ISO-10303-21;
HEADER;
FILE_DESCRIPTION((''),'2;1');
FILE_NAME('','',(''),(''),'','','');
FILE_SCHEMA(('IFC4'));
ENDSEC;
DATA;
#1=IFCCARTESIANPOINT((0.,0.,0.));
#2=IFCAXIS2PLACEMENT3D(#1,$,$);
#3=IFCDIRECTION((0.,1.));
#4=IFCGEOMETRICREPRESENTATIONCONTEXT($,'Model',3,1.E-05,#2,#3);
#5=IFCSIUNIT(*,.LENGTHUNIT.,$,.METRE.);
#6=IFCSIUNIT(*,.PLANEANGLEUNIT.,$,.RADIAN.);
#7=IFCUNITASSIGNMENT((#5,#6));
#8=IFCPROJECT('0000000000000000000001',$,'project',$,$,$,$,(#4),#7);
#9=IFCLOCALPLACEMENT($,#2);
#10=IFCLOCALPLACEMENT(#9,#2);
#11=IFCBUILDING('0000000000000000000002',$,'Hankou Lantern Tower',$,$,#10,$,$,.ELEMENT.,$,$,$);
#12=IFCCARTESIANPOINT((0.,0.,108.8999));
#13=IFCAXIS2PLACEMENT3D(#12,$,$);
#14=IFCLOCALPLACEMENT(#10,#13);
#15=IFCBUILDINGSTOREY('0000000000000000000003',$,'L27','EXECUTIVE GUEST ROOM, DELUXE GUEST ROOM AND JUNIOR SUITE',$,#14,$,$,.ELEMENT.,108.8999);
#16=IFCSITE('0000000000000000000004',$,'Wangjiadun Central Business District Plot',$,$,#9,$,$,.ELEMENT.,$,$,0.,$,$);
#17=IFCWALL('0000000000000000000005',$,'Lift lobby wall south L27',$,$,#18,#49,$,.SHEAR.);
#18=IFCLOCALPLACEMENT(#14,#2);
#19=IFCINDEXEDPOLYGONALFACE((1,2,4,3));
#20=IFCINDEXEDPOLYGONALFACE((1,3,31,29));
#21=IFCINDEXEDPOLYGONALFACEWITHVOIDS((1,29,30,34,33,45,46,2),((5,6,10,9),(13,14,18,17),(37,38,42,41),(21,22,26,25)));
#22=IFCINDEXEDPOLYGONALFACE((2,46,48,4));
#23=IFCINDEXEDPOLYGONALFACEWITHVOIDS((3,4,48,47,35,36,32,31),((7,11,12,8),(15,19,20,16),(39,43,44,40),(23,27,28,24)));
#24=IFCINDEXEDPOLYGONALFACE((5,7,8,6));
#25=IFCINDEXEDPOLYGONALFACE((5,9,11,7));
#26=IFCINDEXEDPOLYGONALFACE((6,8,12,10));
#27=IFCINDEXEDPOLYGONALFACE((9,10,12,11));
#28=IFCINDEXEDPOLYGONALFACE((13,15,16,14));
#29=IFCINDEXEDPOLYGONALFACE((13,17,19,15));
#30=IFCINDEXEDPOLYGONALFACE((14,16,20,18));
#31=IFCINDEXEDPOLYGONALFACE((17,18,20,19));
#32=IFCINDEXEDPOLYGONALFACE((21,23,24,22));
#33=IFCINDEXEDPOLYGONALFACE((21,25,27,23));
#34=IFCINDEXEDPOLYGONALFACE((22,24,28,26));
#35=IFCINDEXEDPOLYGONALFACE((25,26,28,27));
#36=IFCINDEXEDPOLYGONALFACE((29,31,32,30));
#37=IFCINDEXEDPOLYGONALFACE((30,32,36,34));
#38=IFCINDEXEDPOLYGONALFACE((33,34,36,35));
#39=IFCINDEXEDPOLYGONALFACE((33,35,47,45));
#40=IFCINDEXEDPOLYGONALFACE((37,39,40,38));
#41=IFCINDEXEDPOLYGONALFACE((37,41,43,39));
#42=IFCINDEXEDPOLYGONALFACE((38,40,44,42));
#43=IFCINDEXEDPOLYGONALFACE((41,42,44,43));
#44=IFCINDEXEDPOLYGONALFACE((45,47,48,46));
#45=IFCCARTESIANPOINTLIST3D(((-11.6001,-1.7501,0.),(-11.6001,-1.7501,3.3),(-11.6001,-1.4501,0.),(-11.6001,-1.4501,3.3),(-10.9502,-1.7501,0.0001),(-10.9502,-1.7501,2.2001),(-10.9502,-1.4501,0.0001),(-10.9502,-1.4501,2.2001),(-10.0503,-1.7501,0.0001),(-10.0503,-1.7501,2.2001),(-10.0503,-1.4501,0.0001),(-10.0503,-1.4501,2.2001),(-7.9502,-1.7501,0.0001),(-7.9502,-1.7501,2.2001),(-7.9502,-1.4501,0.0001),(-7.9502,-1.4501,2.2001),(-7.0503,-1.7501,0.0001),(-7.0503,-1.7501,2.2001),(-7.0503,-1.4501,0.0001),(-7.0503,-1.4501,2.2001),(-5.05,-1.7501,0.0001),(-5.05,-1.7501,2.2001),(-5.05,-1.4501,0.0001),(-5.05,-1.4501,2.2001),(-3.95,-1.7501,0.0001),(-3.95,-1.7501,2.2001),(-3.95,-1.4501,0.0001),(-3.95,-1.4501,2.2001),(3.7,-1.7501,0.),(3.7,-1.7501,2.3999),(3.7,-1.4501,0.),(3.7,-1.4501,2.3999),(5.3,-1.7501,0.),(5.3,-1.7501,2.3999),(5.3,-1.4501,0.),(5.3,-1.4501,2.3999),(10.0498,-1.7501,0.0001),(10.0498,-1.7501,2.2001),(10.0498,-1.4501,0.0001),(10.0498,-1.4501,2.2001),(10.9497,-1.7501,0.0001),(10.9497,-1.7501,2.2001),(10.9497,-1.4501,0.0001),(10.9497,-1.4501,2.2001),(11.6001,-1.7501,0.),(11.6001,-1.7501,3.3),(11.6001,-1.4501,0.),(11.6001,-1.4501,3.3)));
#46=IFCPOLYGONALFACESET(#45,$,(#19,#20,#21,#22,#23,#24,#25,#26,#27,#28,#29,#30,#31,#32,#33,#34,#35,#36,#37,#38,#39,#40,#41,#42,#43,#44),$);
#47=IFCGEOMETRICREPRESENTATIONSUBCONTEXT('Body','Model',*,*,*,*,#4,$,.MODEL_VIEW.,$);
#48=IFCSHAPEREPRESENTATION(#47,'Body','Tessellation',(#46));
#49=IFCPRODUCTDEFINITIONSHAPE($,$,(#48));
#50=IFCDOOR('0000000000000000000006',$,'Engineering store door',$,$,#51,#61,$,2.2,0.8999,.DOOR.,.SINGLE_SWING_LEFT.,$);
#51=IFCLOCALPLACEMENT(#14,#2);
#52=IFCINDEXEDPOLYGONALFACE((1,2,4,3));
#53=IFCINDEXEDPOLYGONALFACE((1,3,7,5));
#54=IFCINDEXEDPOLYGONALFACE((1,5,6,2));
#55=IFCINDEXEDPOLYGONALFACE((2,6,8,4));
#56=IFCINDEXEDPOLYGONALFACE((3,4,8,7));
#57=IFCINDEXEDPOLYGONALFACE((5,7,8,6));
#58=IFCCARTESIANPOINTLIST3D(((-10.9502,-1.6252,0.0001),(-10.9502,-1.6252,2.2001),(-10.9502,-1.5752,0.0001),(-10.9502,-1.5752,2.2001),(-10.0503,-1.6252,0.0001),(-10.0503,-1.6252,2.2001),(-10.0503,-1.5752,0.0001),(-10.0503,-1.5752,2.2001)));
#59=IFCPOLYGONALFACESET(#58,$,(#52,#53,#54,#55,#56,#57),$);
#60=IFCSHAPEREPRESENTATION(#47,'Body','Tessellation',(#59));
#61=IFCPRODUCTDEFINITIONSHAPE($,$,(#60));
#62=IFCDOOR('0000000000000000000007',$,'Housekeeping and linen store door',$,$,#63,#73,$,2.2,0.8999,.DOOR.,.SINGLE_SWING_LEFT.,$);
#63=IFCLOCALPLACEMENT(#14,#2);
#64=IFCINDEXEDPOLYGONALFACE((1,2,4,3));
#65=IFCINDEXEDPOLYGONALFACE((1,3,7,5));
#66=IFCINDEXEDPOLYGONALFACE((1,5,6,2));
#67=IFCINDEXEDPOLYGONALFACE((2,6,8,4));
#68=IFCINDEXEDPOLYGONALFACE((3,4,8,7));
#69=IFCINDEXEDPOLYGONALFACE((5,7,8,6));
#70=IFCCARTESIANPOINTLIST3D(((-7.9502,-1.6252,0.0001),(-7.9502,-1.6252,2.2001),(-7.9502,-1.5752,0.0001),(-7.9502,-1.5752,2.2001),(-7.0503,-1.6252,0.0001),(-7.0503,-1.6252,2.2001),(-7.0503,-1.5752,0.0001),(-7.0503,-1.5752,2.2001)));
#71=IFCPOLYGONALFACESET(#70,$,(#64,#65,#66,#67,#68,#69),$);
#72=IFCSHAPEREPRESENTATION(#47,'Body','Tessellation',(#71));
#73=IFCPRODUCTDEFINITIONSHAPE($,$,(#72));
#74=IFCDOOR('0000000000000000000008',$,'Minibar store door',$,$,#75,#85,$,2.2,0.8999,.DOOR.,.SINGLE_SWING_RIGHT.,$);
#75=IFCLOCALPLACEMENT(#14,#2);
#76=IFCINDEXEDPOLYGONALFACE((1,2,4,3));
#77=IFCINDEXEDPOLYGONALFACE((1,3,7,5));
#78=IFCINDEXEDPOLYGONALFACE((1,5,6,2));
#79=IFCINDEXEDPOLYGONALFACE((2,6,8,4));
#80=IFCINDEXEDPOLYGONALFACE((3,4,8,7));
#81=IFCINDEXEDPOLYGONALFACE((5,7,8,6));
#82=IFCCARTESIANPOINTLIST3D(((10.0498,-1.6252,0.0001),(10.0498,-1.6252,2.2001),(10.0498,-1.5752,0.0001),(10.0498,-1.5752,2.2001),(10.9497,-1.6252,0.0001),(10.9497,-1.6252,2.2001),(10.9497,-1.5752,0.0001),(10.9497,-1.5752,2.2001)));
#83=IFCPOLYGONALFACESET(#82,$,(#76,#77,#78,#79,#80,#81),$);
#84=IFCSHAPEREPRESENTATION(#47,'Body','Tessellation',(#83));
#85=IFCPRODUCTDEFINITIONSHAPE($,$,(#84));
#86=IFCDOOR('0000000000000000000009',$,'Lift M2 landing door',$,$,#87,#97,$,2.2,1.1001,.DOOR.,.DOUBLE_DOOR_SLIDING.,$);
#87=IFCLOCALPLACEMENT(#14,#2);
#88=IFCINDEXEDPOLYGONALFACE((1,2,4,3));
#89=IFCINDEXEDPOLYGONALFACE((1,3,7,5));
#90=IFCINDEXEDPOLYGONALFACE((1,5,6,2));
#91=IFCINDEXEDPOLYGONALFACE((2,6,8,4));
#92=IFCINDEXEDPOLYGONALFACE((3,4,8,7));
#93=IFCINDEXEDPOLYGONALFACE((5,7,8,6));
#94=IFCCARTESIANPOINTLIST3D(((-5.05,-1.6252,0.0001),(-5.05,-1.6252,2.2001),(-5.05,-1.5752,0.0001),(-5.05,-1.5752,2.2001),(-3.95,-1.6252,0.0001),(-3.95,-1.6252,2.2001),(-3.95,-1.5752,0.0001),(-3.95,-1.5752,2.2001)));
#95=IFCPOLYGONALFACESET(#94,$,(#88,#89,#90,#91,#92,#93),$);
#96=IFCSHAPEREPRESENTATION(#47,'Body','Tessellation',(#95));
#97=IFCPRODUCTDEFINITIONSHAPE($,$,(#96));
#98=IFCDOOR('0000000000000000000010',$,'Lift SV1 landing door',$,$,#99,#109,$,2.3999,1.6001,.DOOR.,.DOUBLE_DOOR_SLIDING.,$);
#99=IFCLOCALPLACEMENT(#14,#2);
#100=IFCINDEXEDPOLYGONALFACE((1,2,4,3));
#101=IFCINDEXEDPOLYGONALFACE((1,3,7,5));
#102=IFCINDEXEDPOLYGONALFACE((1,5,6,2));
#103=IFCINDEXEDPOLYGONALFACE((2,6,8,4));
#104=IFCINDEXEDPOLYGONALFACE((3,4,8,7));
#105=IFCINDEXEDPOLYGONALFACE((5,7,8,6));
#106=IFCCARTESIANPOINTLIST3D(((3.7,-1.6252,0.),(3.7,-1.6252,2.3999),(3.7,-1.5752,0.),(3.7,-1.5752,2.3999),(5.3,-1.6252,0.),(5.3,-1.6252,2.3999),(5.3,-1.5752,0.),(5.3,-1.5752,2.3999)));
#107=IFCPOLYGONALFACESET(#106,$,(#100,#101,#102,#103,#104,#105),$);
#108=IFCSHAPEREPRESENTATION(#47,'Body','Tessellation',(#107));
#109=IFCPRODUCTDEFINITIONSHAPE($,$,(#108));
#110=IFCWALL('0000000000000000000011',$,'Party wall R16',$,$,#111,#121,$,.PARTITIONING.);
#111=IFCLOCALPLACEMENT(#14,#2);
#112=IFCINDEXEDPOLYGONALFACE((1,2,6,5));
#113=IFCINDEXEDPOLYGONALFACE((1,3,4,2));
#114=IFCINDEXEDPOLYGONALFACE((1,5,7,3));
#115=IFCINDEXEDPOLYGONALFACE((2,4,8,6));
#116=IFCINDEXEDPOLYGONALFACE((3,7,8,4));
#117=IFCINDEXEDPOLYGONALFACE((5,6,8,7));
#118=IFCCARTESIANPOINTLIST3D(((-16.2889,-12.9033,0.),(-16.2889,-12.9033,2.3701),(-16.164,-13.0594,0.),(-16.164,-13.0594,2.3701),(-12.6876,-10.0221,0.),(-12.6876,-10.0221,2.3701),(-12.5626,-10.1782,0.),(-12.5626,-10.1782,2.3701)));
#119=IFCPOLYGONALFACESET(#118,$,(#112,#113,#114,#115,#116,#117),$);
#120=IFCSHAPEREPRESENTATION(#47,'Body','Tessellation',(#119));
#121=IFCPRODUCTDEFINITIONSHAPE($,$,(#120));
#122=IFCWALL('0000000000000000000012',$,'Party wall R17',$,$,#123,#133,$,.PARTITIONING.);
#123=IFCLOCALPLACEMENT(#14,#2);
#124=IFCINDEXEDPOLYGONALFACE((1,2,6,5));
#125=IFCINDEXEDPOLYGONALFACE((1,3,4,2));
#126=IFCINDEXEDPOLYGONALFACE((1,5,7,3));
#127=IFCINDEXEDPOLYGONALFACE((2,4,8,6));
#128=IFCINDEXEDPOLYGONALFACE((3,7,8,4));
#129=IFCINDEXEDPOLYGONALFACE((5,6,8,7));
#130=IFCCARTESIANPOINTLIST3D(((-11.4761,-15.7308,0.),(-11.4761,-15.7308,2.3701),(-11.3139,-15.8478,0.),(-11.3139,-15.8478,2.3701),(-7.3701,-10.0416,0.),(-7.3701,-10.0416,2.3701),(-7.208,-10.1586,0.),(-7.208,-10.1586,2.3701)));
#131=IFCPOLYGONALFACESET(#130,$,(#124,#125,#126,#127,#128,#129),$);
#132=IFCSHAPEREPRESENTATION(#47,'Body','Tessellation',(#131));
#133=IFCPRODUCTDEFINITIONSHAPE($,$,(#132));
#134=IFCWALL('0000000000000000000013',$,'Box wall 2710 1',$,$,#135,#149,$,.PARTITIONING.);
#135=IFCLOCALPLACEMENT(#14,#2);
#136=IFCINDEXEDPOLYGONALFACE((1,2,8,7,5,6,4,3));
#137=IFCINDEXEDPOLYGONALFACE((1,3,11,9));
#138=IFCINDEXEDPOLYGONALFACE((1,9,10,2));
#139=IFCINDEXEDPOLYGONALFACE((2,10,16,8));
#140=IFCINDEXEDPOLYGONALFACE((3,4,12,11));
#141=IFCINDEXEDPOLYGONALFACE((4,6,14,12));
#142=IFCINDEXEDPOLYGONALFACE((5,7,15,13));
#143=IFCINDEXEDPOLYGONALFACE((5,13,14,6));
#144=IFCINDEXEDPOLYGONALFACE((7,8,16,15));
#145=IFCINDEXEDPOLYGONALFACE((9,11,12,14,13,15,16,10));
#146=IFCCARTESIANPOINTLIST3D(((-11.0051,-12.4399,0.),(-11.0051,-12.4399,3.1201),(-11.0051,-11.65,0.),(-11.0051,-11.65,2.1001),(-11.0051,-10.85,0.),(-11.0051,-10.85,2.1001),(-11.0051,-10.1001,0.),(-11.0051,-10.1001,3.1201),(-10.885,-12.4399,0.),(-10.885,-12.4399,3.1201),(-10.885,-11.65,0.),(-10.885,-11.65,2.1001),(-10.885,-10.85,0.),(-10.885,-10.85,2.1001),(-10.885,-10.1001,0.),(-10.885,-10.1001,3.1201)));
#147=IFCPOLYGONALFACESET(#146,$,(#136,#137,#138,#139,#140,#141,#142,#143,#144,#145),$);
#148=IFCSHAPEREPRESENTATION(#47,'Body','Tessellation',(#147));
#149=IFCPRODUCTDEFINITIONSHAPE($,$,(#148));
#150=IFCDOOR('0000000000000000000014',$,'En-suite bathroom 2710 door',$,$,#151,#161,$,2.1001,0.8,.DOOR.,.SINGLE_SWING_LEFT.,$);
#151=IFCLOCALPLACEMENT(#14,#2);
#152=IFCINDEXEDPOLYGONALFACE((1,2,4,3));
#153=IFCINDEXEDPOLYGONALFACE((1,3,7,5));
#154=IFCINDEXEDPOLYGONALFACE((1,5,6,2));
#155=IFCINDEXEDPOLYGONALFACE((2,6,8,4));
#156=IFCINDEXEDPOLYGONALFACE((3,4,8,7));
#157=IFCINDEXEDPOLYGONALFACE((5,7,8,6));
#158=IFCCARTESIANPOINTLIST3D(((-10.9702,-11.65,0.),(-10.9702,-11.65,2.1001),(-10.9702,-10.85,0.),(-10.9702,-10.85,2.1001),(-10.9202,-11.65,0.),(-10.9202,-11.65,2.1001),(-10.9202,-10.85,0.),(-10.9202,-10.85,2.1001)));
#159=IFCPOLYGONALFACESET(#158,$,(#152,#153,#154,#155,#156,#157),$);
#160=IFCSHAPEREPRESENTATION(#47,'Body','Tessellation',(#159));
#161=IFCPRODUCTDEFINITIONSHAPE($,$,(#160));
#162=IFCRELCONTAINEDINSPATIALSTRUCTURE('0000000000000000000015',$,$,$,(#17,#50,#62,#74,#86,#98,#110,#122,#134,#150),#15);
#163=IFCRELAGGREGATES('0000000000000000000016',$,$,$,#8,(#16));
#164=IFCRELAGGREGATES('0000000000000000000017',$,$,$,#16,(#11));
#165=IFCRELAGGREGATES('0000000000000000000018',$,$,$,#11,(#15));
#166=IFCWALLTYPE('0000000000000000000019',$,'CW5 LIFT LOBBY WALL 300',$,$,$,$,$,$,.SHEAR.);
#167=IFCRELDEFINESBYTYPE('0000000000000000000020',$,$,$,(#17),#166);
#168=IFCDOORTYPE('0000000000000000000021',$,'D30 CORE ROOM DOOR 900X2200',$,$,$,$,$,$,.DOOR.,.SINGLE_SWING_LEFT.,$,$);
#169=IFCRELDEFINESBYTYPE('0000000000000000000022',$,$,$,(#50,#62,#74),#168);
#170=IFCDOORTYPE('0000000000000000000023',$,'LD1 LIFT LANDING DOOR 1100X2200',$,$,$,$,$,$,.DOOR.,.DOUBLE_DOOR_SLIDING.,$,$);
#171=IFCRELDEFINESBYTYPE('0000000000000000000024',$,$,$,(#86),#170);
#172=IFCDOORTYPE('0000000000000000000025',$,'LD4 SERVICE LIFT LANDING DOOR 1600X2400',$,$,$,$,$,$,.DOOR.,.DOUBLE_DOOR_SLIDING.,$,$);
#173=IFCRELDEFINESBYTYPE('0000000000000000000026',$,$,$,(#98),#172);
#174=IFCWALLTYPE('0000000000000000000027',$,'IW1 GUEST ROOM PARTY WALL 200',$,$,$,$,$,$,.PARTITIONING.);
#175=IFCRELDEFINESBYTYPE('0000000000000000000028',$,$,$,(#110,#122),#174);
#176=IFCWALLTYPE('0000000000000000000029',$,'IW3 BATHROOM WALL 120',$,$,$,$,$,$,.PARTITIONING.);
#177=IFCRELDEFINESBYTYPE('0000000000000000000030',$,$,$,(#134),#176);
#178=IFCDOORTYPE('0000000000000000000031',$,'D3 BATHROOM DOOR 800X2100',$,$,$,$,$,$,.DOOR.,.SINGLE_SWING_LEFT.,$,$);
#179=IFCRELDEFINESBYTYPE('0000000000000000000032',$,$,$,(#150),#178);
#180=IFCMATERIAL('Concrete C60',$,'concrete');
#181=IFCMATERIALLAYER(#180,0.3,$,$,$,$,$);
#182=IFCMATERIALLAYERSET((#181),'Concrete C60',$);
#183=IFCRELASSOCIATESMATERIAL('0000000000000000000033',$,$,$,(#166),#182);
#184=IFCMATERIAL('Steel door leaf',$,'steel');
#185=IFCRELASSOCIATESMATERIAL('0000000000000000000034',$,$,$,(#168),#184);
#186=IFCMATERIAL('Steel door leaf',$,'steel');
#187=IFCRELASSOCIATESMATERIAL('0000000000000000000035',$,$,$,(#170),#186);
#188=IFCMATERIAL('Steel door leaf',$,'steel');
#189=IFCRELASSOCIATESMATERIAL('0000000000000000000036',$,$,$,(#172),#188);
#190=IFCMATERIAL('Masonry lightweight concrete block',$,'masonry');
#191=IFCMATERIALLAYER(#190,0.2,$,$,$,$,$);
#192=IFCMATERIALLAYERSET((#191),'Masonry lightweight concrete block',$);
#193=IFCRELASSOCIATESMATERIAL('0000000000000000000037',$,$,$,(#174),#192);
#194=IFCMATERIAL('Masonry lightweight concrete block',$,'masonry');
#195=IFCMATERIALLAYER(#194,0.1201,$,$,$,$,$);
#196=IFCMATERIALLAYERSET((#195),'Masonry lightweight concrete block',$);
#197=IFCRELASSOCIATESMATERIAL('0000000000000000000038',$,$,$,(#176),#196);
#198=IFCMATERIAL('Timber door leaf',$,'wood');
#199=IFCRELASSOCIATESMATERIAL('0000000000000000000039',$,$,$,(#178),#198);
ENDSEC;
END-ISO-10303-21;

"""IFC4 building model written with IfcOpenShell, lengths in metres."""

from ifc_helpers import new_model, si_unit, direction, frame, frame_2d, origin, place, context, subcontext, project, spatial, rectangle, extrude, material, layer, layer_set, type_object, element, fill, save


model = new_model("IFC4")

# Units and contexts
model_context = context("Model", 3, precision=1e-05, world=origin(), true_north=direction((0.0, 1.0)))
body_context = subcontext(model_context, "Body", "Model", "MODEL_VIEW")
ifc_project = project(units=[si_unit("LENGTHUNIT", "METRE"), si_unit("PLANEANGLEUNIT", "RADIAN")], contexts=[model_context])

# Site, building, storey
site_placement = place(None, origin())
site = spatial("IfcSite", under=ifc_project, at=site_placement, Name="Wangjiadun Central Business District Plot", CompositionType="ELEMENT", RefElevation=0.0)
building_placement = place(site_placement, origin())
building = spatial("IfcBuilding", under=site, at=building_placement, Name="Hankou Lantern Tower", CompositionType="ELEMENT")
storey_placement = place(building_placement, frame((0.0, 0.0, 108.8999)))
storey = spatial("IfcBuildingStorey", under=building, at=storey_placement, Name="L27", Description="EXECUTIVE GUEST ROOM, DELUXE GUEST ROOM AND JUNIOR SUITE", CompositionType="ELEMENT", Elevation=108.8999)

# Wall, openings, doors
ifc_material_1 = material(Name="Concrete C60", Category="concrete")
ifc_layer_1 = layer(ifc_material_1, 0.3)
ifc_layer_set_1 = layer_set([ifc_layer_1], Name="Concrete C60")
wall_type_1 = type_object("IfcWallType", Name="CW5 LIFT LOBBY WALL 300", PredefinedType="SHEAR", material=ifc_layer_set_1)
wall_1_placement = place(storey_placement, frame((-11.6001, -1.6001, 0.0), z_axis=(0.0, 0.0, 1.0), x_axis=(1.0, 0.0, 0.0)))
wall_1 = element("IfcWall", 1, at=wall_1_placement, inside=storey, type_object=wall_type_1, Name="Lift lobby wall south L27", PredefinedType="SHEAR", context=body_context, shape_type="SweptSolid", body=[
    extrude(rectangle(XDim=23.2002, YDim=0.3, at=frame_2d((11.6001, 0.0))), origin(), (0.0, 0.0, 1.0), 3.3),
])
opening_1_placement = place(wall_1_placement, frame((6.55, 0.0, 0.0)))
opening_1 = element("IfcOpeningElement", 2, at=opening_1_placement, cuts=wall_1, PredefinedType="OPENING", context=body_context, shape_type="SweptSolid", body=[
    extrude(rectangle(XDim=1.1001, YDim=2.2, at=frame_2d((0.55, 1.1001))), frame((0.0, 0.1599, 0.0), z_axis=(0.0, -1.0, 0.0), x_axis=(1.0, 0.0, 0.0)), (0.0, 0.0, 1.0), 0.3201),
])
opening_2_placement = place(wall_1_placement, frame((15.3, 0.0, 0.0)))
opening_2 = element("IfcOpeningElement", 3, at=opening_2_placement, cuts=wall_1, PredefinedType="OPENING", context=body_context, shape_type="SweptSolid", body=[
    extrude(rectangle(XDim=1.6001, YDim=2.3999, at=frame_2d((0.8, 1.2))), frame((0.0, 0.1599, 0.0), z_axis=(0.0, -1.0, 0.0), x_axis=(1.0, 0.0, 0.0)), (0.0, 0.0, 1.0), 0.3201),
])
opening_3_placement = place(wall_1_placement, frame((0.6499, 0.0, 0.0)))
opening_3 = element("IfcOpeningElement", 4, at=opening_3_placement, cuts=wall_1, PredefinedType="OPENING", context=body_context, shape_type="SweptSolid", body=[
    extrude(rectangle(XDim=0.8999, YDim=2.2, at=frame_2d((0.45, 1.1001))), frame((0.0, 0.1599, 0.0), z_axis=(0.0, -1.0, 0.0), x_axis=(1.0, 0.0, 0.0)), (0.0, 0.0, 1.0), 0.3201),
])
opening_4_placement = place(wall_1_placement, frame((3.6499, 0.0, 0.0)))
opening_4 = element("IfcOpeningElement", 5, at=opening_4_placement, cuts=wall_1, PredefinedType="OPENING", context=body_context, shape_type="SweptSolid", body=[
    extrude(rectangle(XDim=0.8999, YDim=2.2, at=frame_2d((0.45, 1.1001))), frame((0.0, 0.1599, 0.0), z_axis=(0.0, -1.0, 0.0), x_axis=(1.0, 0.0, 0.0)), (0.0, 0.0, 1.0), 0.3201),
])
opening_5_placement = place(wall_1_placement, frame((21.6499, 0.0, 0.0)))
opening_5 = element("IfcOpeningElement", 6, at=opening_5_placement, cuts=wall_1, PredefinedType="OPENING", context=body_context, shape_type="SweptSolid", body=[
    extrude(rectangle(XDim=0.8999, YDim=2.2, at=frame_2d((0.45, 1.1001))), frame((0.0, 0.1599, 0.0), z_axis=(0.0, -1.0, 0.0), x_axis=(1.0, 0.0, 0.0)), (0.0, 0.0, 1.0), 0.3201),
])
ifc_material_2 = material(Name="Steel door leaf", Category="steel")
door_type_1 = type_object("IfcDoorType", Name="D30 CORE ROOM DOOR 900X2200", OperationType="SINGLE_SWING_LEFT", PredefinedType="DOOR", material=ifc_material_2)
door_1_placement = place(opening_3_placement, origin())
door_1 = element("IfcDoor", 7, at=door_1_placement, inside=storey, type_object=door_type_1, Name="Engineering store door", OperationType="SINGLE_SWING_LEFT", OverallHeight=2.2, OverallWidth=0.8999, PredefinedType="DOOR", context=body_context, shape_type="SweptSolid", body=[
    extrude(rectangle(XDim=0.8999, YDim=2.2, at=frame_2d((0.45, 1.1001))), frame((0.0, 0.0249, 0.0), z_axis=(0.0, -1.0, 0.0), x_axis=(1.0, 0.0, 0.0)), (0.0, 0.0, 1.0), 0.05),
])
fill(opening_3, door_1)
door_2_placement = place(opening_4_placement, origin())
door_2 = element("IfcDoor", 8, at=door_2_placement, inside=storey, type_object=door_type_1, Name="Housekeeping and linen store door", OperationType="SINGLE_SWING_LEFT", OverallHeight=2.2, OverallWidth=0.8999, PredefinedType="DOOR", context=body_context, shape_type="SweptSolid", body=[
    extrude(rectangle(XDim=0.8999, YDim=2.2, at=frame_2d((0.45, 1.1001))), frame((0.0, 0.0249, 0.0), z_axis=(0.0, -1.0, 0.0), x_axis=(1.0, 0.0, 0.0)), (0.0, 0.0, 1.0), 0.05),
])
fill(opening_4, door_2)
door_3_placement = place(opening_5_placement, origin())
door_3 = element("IfcDoor", 9, at=door_3_placement, inside=storey, type_object=door_type_1, Name="Minibar store door", OperationType="SINGLE_SWING_RIGHT", OverallHeight=2.2, OverallWidth=0.8999, PredefinedType="DOOR", context=body_context, shape_type="SweptSolid", body=[
    extrude(rectangle(XDim=0.8999, YDim=2.2, at=frame_2d((0.45, 1.1001))), frame((0.0, 0.0249, 0.0), z_axis=(0.0, -1.0, 0.0), x_axis=(1.0, 0.0, 0.0)), (0.0, 0.0, 1.0), 0.05),
])
fill(opening_5, door_3)
ifc_material_3 = material(Name="Steel door leaf", Category="steel")
door_type_2 = type_object("IfcDoorType", Name="LD1 LIFT LANDING DOOR 1100X2200", OperationType="DOUBLE_DOOR_SLIDING", PredefinedType="DOOR", material=ifc_material_3)
door_4_placement = place(opening_1_placement, origin())
door_4 = element("IfcDoor", 10, at=door_4_placement, inside=storey, type_object=door_type_2, Name="Lift M2 landing door", OperationType="DOUBLE_DOOR_SLIDING", OverallHeight=2.2, OverallWidth=1.1001, PredefinedType="DOOR", context=body_context, shape_type="SweptSolid", body=[
    extrude(rectangle(XDim=1.1001, YDim=2.2, at=frame_2d((0.55, 1.1001))), frame((0.0, 0.0249, 0.0), z_axis=(0.0, -1.0, 0.0), x_axis=(1.0, 0.0, 0.0)), (0.0, 0.0, 1.0), 0.05),
])
fill(opening_1, door_4)
ifc_material_4 = material(Name="Steel door leaf", Category="steel")
door_type_3 = type_object("IfcDoorType", Name="LD4 SERVICE LIFT LANDING DOOR 1600X2400", OperationType="DOUBLE_DOOR_SLIDING", PredefinedType="DOOR", material=ifc_material_4)
door_5_placement = place(opening_2_placement, origin())
door_5 = element("IfcDoor", 11, at=door_5_placement, inside=storey, type_object=door_type_3, Name="Lift SV1 landing door", OperationType="DOUBLE_DOOR_SLIDING", OverallHeight=2.3999, OverallWidth=1.6001, PredefinedType="DOOR", context=body_context, shape_type="SweptSolid", body=[
    extrude(rectangle(XDim=1.6001, YDim=2.3999, at=frame_2d((0.8, 1.2))), frame((0.0, 0.0249, 0.0), z_axis=(0.0, -1.0, 0.0), x_axis=(1.0, 0.0, 0.0)), (0.0, 0.0, 1.0), 0.05),
])
fill(opening_2, door_5)

# Walls
ifc_material_5 = material(Name="Masonry lightweight concrete block", Category="masonry")
ifc_layer_2 = layer(ifc_material_5, 0.2)
ifc_layer_set_2 = layer_set([ifc_layer_2], Name="Masonry lightweight concrete block")
wall_type_2 = type_object("IfcWallType", Name="IW1 GUEST ROOM PARTY WALL 200", PredefinedType="PARTITIONING", material=ifc_layer_set_2)
wall_2_placement = place(storey_placement, frame((-12.625, -10.1001, 0.0), z_axis=(0.0, 0.0, 1.0), x_axis=(-0.780864, -0.624702, 0.0)))
element("IfcWall", 12, at=wall_2_placement, inside=storey, type_object=wall_type_2, Name="Party wall R16", PredefinedType="PARTITIONING", context=body_context, shape_type="SweptSolid", body=[
    extrude(rectangle(XDim=4.6121, YDim=0.2, at=frame_2d((2.3062, 0.0))), origin(), (0.0, 0.0, 1.0), 2.3701),
])
wall_3_placement = place(storey_placement, frame((-7.2891, -10.1001, 0.0), z_axis=(0.0, 0.0, 1.0), x_axis=(-0.585217, -0.810876, 0.0)))
element("IfcWall", 13, at=wall_3_placement, inside=storey, type_object=wall_type_2, Name="Party wall R17", PredefinedType="PARTITIONING", context=body_context, shape_type="SweptSolid", body=[
    extrude(rectangle(XDim=7.0161, YDim=0.2, at=frame_2d((3.5081, 0.0))), origin(), (0.0, 0.0, 1.0), 2.3701),
])

# Wall, opening, door
ifc_material_6 = material(Name="Masonry lightweight concrete block", Category="masonry")
ifc_layer_3 = layer(ifc_material_6, 0.1201)
ifc_layer_set_3 = layer_set([ifc_layer_3], Name="Masonry lightweight concrete block")
wall_type_3 = type_object("IfcWallType", Name="IW3 BATHROOM WALL 120", PredefinedType="PARTITIONING", material=ifc_layer_set_3)
wall_4_placement = place(storey_placement, frame((-10.9451, -10.1001, 0.0), z_axis=(0.0, 0.0, 1.0), x_axis=(0.0, -1.0, 0.0)))
wall_4 = element("IfcWall", 14, at=wall_4_placement, inside=storey, type_object=wall_type_3, Name="Box wall 2710 1", PredefinedType="PARTITIONING", context=body_context, shape_type="SweptSolid", body=[
    extrude(rectangle(XDim=2.3398, YDim=0.1201, at=frame_2d((1.1699, 0.0))), origin(), (0.0, 0.0, 1.0), 3.1201),
])
opening_6_placement = place(wall_4_placement, frame((0.75, 0.0, 0.0)))
opening_6 = element("IfcOpeningElement", 15, at=opening_6_placement, cuts=wall_4, PredefinedType="OPENING", context=body_context, shape_type="SweptSolid", body=[
    extrude(rectangle(XDim=0.8, YDim=2.1001, at=frame_2d((0.3999, 1.05))), frame((0.0, 0.0701, 0.0), z_axis=(0.0, -1.0, 0.0), x_axis=(1.0, 0.0, 0.0)), (0.0, 0.0, 1.0), 0.1401),
])
ifc_material_7 = material(Name="Timber door leaf", Category="wood")
door_type_4 = type_object("IfcDoorType", Name="D3 BATHROOM DOOR 800X2100", OperationType="SINGLE_SWING_LEFT", PredefinedType="DOOR", material=ifc_material_7)
door_6_placement = place(opening_6_placement, origin())
door_6 = element("IfcDoor", 16, at=door_6_placement, inside=storey, type_object=door_type_4, Name="En-suite bathroom 2710 door", OperationType="SINGLE_SWING_LEFT", OverallHeight=2.1001, OverallWidth=0.8, PredefinedType="DOOR", context=body_context, shape_type="SweptSolid", body=[
    extrude(rectangle(XDim=0.8, YDim=2.1001, at=frame_2d((0.3999, 1.05))), frame((0.0, 0.0249, 0.0), z_axis=(0.0, -1.0, 0.0), x_axis=(1.0, 0.0, 0.0)), (0.0, 0.0, 1.0), 0.05),
])
fill(opening_6, door_6)

save(model, "model.ifc")
